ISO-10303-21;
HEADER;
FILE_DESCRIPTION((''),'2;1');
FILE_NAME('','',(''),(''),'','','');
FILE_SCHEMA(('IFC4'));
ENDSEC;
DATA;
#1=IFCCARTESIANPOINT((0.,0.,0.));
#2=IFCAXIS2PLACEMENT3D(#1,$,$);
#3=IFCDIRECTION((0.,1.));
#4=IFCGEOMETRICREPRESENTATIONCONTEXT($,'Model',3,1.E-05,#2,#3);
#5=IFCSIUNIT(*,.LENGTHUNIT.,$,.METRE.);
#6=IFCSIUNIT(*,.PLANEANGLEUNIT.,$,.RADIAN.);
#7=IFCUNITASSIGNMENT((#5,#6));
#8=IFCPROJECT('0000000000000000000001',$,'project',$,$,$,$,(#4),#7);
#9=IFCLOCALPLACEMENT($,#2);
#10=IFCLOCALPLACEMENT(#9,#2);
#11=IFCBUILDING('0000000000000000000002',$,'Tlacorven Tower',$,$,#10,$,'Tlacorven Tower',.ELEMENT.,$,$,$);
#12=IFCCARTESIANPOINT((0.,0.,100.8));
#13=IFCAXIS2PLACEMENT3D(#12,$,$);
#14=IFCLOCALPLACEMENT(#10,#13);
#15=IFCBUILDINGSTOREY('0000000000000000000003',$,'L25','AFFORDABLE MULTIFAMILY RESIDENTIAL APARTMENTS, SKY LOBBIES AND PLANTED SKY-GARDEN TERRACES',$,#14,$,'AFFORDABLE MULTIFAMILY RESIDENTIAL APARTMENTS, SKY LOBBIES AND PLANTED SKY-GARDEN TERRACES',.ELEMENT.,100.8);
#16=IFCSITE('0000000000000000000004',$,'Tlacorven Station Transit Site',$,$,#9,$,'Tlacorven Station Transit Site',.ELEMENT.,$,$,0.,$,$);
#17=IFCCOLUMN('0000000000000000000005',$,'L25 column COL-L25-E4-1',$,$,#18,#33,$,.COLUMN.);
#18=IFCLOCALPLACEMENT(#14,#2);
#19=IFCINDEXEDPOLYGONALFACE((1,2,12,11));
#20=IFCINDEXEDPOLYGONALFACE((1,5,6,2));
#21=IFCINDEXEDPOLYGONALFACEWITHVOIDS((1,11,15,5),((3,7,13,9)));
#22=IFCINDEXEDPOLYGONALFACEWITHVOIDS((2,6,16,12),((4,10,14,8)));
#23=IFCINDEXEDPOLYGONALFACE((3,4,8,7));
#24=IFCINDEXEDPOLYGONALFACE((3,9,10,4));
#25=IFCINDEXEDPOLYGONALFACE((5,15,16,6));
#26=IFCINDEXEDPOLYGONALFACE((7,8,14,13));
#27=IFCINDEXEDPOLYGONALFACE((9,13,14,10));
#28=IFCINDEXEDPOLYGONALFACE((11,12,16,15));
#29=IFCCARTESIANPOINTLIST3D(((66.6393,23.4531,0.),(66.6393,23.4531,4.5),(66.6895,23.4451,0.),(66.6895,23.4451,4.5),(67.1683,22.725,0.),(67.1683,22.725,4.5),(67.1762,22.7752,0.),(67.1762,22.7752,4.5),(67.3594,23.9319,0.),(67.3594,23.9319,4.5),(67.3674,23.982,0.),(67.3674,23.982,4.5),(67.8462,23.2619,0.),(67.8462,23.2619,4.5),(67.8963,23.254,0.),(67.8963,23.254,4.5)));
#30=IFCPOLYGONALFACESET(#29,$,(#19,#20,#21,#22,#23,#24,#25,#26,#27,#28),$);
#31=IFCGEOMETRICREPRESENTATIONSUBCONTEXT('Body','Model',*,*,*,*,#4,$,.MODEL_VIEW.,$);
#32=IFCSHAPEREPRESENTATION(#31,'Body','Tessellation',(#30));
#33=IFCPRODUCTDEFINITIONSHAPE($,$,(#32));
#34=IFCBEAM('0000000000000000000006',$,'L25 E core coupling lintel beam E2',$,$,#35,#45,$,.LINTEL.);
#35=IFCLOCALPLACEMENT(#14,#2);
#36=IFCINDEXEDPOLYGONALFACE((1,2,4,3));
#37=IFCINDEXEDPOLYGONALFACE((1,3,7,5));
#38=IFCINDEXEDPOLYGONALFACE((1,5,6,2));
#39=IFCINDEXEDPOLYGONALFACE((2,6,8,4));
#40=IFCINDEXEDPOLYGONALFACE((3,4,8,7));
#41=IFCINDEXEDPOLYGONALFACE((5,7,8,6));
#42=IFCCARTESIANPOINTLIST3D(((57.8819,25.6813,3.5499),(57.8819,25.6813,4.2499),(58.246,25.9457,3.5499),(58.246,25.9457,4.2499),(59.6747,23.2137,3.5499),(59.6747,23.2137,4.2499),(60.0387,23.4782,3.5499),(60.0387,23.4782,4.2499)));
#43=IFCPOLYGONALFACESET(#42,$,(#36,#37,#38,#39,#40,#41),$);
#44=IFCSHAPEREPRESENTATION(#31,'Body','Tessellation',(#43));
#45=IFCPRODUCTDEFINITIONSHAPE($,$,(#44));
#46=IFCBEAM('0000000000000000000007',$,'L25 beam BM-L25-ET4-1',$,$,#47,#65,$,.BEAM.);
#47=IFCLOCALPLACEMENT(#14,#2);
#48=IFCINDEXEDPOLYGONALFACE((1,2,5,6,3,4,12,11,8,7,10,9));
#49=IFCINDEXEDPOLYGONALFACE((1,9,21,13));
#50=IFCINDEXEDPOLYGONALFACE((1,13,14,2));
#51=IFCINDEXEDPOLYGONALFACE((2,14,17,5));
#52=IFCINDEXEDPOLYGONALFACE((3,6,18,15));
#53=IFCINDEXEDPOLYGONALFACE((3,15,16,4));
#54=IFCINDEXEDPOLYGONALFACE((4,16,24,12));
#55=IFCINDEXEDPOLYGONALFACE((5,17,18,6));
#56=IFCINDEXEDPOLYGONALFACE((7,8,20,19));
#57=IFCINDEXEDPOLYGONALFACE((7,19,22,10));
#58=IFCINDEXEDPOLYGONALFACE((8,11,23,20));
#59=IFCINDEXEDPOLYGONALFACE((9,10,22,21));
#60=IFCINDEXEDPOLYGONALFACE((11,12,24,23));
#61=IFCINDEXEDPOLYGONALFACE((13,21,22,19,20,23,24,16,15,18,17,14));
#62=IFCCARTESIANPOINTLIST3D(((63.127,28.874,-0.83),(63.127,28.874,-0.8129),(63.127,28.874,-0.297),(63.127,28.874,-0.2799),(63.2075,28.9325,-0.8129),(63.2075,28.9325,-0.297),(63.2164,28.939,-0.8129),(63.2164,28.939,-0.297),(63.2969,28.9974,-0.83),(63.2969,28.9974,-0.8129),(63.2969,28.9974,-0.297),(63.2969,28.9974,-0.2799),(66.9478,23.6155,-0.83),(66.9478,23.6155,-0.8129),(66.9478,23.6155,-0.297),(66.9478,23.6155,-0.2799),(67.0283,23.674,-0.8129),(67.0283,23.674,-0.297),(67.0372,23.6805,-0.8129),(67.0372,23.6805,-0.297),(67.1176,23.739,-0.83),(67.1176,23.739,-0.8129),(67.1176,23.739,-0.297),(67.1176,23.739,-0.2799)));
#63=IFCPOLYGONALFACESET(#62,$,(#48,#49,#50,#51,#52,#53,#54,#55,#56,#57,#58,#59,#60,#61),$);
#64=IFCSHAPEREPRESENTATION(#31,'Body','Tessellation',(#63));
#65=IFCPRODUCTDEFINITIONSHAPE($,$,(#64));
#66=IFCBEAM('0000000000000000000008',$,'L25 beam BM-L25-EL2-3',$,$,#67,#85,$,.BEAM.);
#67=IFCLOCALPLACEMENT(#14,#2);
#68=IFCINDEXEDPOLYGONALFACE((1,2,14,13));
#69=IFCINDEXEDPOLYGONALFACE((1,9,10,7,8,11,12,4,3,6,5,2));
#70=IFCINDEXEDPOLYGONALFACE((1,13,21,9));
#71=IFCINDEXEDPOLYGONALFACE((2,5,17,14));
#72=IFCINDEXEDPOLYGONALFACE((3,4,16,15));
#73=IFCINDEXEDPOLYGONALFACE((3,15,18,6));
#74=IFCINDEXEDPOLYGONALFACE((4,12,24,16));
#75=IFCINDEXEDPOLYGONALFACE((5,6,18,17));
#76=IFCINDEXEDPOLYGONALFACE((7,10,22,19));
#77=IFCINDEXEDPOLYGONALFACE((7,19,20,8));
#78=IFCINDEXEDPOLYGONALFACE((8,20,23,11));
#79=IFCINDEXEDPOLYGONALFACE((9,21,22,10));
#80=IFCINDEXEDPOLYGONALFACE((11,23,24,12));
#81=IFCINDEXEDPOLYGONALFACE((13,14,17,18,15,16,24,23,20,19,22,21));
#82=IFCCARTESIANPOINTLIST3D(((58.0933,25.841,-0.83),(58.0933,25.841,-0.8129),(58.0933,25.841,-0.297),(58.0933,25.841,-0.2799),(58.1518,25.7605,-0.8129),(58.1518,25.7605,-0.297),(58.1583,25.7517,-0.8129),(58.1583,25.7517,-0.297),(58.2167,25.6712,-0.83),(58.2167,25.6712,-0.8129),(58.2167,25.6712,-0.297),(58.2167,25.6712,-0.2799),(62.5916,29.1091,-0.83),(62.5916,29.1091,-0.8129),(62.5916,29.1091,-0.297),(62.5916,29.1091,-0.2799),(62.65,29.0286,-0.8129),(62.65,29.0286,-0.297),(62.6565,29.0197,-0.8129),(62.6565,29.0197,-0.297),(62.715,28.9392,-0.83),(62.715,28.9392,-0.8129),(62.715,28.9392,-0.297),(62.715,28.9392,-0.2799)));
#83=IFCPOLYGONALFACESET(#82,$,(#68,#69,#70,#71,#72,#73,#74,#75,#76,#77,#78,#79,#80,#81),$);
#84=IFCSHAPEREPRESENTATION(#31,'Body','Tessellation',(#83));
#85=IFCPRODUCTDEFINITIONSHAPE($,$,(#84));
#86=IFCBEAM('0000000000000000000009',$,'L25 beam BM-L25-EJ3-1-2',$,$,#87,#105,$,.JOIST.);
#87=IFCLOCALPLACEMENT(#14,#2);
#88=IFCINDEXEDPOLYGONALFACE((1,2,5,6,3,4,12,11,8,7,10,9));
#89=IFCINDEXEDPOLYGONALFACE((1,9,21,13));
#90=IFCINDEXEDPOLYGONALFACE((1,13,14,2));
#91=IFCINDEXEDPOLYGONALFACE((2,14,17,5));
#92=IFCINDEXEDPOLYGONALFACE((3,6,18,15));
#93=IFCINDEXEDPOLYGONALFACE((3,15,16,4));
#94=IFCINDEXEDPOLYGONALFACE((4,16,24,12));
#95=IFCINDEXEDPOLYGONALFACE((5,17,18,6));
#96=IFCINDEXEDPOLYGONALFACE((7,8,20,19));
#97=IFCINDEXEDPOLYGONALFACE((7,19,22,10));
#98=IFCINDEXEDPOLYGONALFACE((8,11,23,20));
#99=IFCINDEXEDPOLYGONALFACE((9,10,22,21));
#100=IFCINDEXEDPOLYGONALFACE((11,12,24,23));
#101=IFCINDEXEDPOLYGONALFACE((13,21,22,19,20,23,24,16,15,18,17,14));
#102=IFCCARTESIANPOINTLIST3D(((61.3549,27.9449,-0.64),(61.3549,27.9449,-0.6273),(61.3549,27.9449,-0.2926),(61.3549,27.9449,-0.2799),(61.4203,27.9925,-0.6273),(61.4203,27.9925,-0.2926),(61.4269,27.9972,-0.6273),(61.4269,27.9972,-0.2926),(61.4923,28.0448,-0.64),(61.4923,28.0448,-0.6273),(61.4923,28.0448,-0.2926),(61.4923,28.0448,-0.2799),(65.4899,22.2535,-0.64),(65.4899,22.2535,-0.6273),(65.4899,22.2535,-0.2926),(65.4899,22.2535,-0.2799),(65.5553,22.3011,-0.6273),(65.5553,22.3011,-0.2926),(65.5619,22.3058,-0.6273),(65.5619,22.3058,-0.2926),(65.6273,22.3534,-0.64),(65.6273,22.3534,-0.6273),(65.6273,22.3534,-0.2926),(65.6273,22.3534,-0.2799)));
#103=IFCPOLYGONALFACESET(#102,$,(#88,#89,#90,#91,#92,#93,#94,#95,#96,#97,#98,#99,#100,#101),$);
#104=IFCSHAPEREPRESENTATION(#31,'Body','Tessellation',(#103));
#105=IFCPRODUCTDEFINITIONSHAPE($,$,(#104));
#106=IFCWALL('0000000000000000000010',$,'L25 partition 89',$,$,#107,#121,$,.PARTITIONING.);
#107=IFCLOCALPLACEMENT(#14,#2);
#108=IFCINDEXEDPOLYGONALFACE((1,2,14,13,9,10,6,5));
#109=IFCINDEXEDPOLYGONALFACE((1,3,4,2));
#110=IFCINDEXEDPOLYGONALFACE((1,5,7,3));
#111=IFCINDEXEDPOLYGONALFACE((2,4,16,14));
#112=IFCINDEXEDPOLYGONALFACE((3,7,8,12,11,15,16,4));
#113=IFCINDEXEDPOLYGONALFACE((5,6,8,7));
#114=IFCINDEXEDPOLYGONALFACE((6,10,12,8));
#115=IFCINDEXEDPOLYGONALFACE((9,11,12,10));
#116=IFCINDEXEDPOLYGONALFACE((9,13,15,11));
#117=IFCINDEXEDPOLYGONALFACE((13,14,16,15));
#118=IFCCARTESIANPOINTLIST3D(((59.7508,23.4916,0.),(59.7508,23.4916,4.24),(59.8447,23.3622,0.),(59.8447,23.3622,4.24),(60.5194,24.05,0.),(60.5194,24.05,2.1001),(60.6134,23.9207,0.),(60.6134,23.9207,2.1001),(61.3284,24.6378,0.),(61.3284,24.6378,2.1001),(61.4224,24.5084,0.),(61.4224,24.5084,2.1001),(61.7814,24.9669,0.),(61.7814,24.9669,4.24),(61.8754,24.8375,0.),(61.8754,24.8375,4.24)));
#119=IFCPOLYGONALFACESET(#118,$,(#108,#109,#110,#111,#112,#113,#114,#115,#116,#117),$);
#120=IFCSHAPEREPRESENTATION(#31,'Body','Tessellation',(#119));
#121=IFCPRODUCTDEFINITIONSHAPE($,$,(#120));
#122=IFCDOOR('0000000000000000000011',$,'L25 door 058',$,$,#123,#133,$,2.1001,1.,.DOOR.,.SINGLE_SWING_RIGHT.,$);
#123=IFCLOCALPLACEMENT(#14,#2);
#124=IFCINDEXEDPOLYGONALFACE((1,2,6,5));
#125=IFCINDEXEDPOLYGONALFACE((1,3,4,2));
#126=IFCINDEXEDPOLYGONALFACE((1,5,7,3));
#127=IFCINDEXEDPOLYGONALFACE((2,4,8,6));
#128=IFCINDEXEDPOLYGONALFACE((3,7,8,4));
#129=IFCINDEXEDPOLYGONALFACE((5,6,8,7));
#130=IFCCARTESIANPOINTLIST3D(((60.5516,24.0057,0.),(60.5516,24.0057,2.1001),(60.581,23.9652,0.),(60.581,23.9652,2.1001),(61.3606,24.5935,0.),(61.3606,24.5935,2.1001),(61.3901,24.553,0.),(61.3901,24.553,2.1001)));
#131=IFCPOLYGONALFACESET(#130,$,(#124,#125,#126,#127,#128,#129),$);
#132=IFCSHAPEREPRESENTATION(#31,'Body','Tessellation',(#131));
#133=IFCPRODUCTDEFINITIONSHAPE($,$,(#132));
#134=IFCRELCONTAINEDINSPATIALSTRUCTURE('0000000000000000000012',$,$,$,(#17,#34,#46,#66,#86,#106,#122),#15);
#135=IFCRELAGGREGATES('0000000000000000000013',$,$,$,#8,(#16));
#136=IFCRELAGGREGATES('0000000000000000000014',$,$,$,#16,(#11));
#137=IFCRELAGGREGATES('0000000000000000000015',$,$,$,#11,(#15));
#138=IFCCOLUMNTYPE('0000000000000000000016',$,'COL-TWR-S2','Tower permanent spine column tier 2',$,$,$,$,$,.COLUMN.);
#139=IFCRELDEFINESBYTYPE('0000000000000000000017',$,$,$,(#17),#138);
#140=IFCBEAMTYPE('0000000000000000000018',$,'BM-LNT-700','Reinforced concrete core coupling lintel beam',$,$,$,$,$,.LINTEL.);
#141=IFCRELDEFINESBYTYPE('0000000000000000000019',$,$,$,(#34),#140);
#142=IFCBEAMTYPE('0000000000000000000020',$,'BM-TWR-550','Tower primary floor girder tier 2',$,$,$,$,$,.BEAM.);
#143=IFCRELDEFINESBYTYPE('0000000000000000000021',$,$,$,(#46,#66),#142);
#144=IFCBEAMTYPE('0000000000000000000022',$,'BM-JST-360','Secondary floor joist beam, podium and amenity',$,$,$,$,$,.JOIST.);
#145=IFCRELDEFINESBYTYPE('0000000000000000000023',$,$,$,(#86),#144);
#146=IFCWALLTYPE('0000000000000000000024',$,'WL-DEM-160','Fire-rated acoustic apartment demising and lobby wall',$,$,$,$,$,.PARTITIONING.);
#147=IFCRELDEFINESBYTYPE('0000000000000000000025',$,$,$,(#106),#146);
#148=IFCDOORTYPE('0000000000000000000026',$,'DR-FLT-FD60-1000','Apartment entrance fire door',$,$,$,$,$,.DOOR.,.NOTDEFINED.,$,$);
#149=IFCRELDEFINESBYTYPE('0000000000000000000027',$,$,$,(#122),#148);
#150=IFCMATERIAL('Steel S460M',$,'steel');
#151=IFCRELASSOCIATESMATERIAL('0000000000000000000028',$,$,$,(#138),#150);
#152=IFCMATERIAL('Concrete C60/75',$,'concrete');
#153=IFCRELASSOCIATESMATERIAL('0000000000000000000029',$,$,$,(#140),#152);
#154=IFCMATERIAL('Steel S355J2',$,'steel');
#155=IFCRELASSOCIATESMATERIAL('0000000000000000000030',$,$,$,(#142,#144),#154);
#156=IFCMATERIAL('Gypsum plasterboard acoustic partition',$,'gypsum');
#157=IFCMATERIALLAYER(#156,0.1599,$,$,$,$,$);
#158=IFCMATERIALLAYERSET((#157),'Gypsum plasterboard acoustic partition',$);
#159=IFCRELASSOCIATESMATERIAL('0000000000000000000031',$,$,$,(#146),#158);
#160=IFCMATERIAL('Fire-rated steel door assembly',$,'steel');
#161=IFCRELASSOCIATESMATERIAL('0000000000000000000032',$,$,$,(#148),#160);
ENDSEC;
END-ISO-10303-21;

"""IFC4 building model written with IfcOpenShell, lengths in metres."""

from ifc_helpers import new_model, si_unit, direction, frame, frame_2d, origin, origin_2d, place, context, subcontext, project, spatial, rectangle, hollow_rectangle, i_section, extrude, source, transform, mapped, material, layer, layer_set, material_profile, profile_set, type_object, element, fill, save


model = new_model("IFC4")

# Units and contexts
model_context = context("Model", 3, precision=1e-05, world=origin(), true_north=direction((0.0, 1.0)))
body_context = subcontext(model_context, "Body", "Model", "MODEL_VIEW")
ifc_project = project(units=[si_unit("LENGTHUNIT", "METRE"), si_unit("PLANEANGLEUNIT", "RADIAN")], contexts=[model_context])

# Site, building, storey
site_placement = place(None, origin())
site = spatial("IfcSite", under=ifc_project, at=site_placement, Name="Tlacorven Station Transit Site", LongName="Tlacorven Station Transit Site", CompositionType="ELEMENT", RefElevation=0.0)
building_placement = place(site_placement, origin())
building = spatial("IfcBuilding", under=site, at=building_placement, Name="Tlacorven Tower", LongName="Tlacorven Tower", CompositionType="ELEMENT")
storey_placement = place(building_placement, frame((0.0, 0.0, 100.8)))
storey = spatial("IfcBuildingStorey", under=building, at=storey_placement, Name="L25", Description="AFFORDABLE MULTIFAMILY RESIDENTIAL APARTMENTS, SKY LOBBIES AND PLANTED SKY-GARDEN TERRACES", LongName="AFFORDABLE MULTIFAMILY RESIDENTIAL APARTMENTS, SKY LOBBIES AND PLANTED SKY-GARDEN TERRACES", CompositionType="ELEMENT", Elevation=100.8)

# Column
ifc_material_1 = material(Name="Steel S460M", Category="steel")
ifc_material_profile_1 = material_profile(ifc_material_1, hollow_rectangle(XDim=0.8999, YDim=0.8999, WallThickness=0.0359, at=origin_2d()), Name="BOX 900X900X36")
ifc_profile_set_1 = profile_set([ifc_material_profile_1], Name="Steel S460M")
column_type = type_object("IfcColumnType", Name="COL-TWR-S2", Description="Tower permanent spine column tier 2", PredefinedType="COLUMN", material=ifc_profile_set_1)
shared_shape_1 = source(origin(), body_context, "Body", "SweptSolid", [
    extrude(hollow_rectangle(XDim=0.8999, YDim=0.8999, WallThickness=0.0359, at=origin_2d()), origin(), (0.0, 0.0, 1.0), 4.5),
])
column_placement = place(storey_placement, frame((67.2678, 23.3535, 0.0), z_axis=(0.0, 0.0, 1.0), x_axis=(0.809017, 0.587785, 0.0)))
element("IfcColumn", 1, at=column_placement, inside=storey, type_object=column_type, Name="L25 column COL-L25-E4-1", PredefinedType="COLUMN", context=body_context, shape_type="MappedRepresentation", body=[
    mapped(shared_shape_1, transform((0.0, 0.0, 0.0), scale=1.0)),
])

# Beams
ifc_material_2 = material(Name="Concrete C60/75", Category="concrete")
ifc_material_profile_2 = material_profile(ifc_material_2, rectangle(XDim=0.45, YDim=0.7, at=origin_2d()), Name="RC 450X700")
ifc_profile_set_2 = profile_set([ifc_material_profile_2], Name="Concrete C60/75")
beam_type_1 = type_object("IfcBeamType", Name="BM-LNT-700", Description="Reinforced concrete core coupling lintel beam", PredefinedType="LINTEL", material=ifc_profile_set_2)
shared_shape_2 = source(origin(), body_context, "Body", "SweptSolid", [
    extrude(rectangle(XDim=0.45, YDim=0.7, at=origin_2d()), origin(), (0.0, 0.0, 1.0), 3.05),
])
beam_1_placement = place(storey_placement, frame((59.8567, 23.3459, 3.8999), z_axis=(-0.587777, 0.809023, 0.0), x_axis=(-0.809023, -0.587777, 0.0)))
element("IfcBeam", 2, at=beam_1_placement, inside=storey, type_object=beam_type_1, Name="L25 E core coupling lintel beam E2", PredefinedType="LINTEL", context=body_context, shape_type="MappedRepresentation", body=[
    mapped(shared_shape_2, transform((0.0, 0.0, 0.0), scale=1.0)),
])
ifc_material_3 = material(Name="Steel S355J2", Category="steel")
ifc_material_profile_3 = material_profile(ifc_material_3, i_section(OverallWidth=0.21, OverallDepth=0.55, WebThickness=0.011, FlangeThickness=0.0171, at=origin_2d()), Name="IPE 550")
ifc_profile_set_3 = profile_set([ifc_material_profile_3], Name="Steel S355J2")
beam_type_2 = type_object("IfcBeamType", Name="BM-TWR-550", Description="Tower primary floor girder tier 2", PredefinedType="BEAM", material=ifc_profile_set_3)
shared_shape_3 = source(origin(), body_context, "Body", "SweptSolid", [
    extrude(i_section(OverallWidth=0.21, OverallDepth=0.55, WebThickness=0.011, FlangeThickness=0.0171, at=origin_2d()), origin(), (0.0, 0.0, 1.0), 6.5),
])
beam_2_placement = place(storey_placement, frame((67.0327, 23.6772, -0.5549), z_axis=(-0.58781, 0.808999, 0.0), x_axis=(-0.808999, -0.58781, 0.0)))
element("IfcBeam", 3, at=beam_2_placement, inside=storey, type_object=beam_type_2, Name="L25 beam BM-L25-ET4-1", PredefinedType="BEAM", context=body_context, shape_type="MappedRepresentation", body=[
    mapped(shared_shape_3, transform((0.0, 0.0, 0.0), scale=1.0)),
])
shared_shape_4 = source(origin(), body_context, "Body", "SweptSolid", [
    extrude(i_section(OverallWidth=0.21, OverallDepth=0.55, WebThickness=0.011, FlangeThickness=0.0171, at=origin_2d()), origin(), (0.0, 0.0, 1.0), 5.5601),
])
beam_3_placement = place(storey_placement, frame((58.155, 25.7561, -0.5549), z_axis=(0.809028, 0.58777, 0.0), x_axis=(-0.58777, 0.809028, 0.0)))
element("IfcBeam", 4, at=beam_3_placement, inside=storey, type_object=beam_type_2, Name="L25 beam BM-L25-EL2-3", PredefinedType="BEAM", context=body_context, shape_type="MappedRepresentation", body=[
    mapped(shared_shape_4, transform((0.0, 0.0, 0.0), scale=1.0)),
])
ifc_material_profile_4 = material_profile(ifc_material_3, i_section(OverallWidth=0.1699, OverallDepth=0.3601, WebThickness=0.0081, FlangeThickness=0.0127, at=origin_2d()), Name="IPE 360")
ifc_profile_set_4 = profile_set([ifc_material_profile_4], Name="Steel S355J2")
beam_type_3 = type_object("IfcBeamType", Name="BM-JST-360", Description="Secondary floor joist beam, podium and amenity", PredefinedType="JOIST", material=ifc_profile_set_4)
shared_shape_5 = source(origin(), body_context, "Body", "SweptSolid", [
    extrude(i_section(OverallWidth=0.1699, OverallDepth=0.3601, WebThickness=0.0081, FlangeThickness=0.0127, at=origin_2d()), origin(), (0.0, 0.0, 1.0), 7.0349),
])
beam_4_placement = place(storey_placement, frame((65.5586, 22.3035, -0.46), z_axis=(-0.587782, 0.80902, 0.0), x_axis=(-0.80902, -0.587782, 0.0)))
element("IfcBeam", 5, at=beam_4_placement, inside=storey, type_object=beam_type_3, Name="L25 beam BM-L25-EJ3-1-2", PredefinedType="JOIST", context=body_context, shape_type="MappedRepresentation", body=[
    mapped(shared_shape_5, transform((0.0, 0.0, 0.0), scale=1.0)),
])

# Wall, opening, door
ifc_material_4 = material(Name="Gypsum plasterboard acoustic partition", Category="gypsum")
ifc_layer_1 = layer(ifc_material_4, 0.1599)
ifc_layer_set_1 = layer_set([ifc_layer_1], Name="Gypsum plasterboard acoustic partition")
wall_type_1 = type_object("IfcWallType", Name="WL-DEM-160", Description="Fire-rated acoustic apartment demising and lobby wall", PredefinedType="PARTITIONING", material=ifc_layer_set_1)
wall_1_placement = place(storey_placement, frame((59.7979, 23.427, 0.0), z_axis=(0.0, 0.0, 1.0), x_axis=(0.809035, 0.587761, 0.0)))
wall_1 = element("IfcWall", 6, at=wall_1_placement, inside=storey, type_object=wall_type_1, Name="L25 partition 89", PredefinedType="PARTITIONING", context=body_context, shape_type="SweptSolid", body=[
    extrude(rectangle(XDim=2.51, YDim=0.1599, at=frame_2d((1.2549, 0.0))), origin(), (0.0, 0.0, 1.0), 4.24),
])
opening_1_placement = place(wall_1_placement, frame((0.95, 0.0, 0.0)))
opening_1 = element("IfcOpeningElement", 7, at=opening_1_placement, cuts=wall_1, PredefinedType="OPENING", context=body_context, shape_type="SweptSolid", body=[
    extrude(rectangle(XDim=1.0, YDim=2.1001, at=frame_2d((0.5, 1.05))), frame((0.0, 0.0898, 0.0), z_axis=(0.0, -1.0, 0.0), x_axis=(1.0, 0.0, 0.0)), (0.0, 0.0, 1.0), 0.1799),
])
ifc_material_5 = material(Name="Fire-rated steel door assembly", Category="steel")
door_type_1 = type_object("IfcDoorType", Name="DR-FLT-FD60-1000", Description="Apartment entrance fire door", OperationType="NOTDEFINED", PredefinedType="DOOR", material=ifc_material_5)
shared_shape_6 = source(origin(), body_context, "Body", "SweptSolid", [
    extrude(rectangle(XDim=1.0, YDim=2.1001, at=frame_2d((0.5, 1.05))), frame((0.0, 0.0249, 0.0), z_axis=(0.0, -1.0, 0.0), x_axis=(1.0, 0.0, 0.0)), (0.0, 0.0, 1.0), 0.05),
])
door_1_placement = place(opening_1_placement, frame((1.0, 0.0, 0.0), z_axis=(0.0, 0.0, 1.0), x_axis=(-1.0, 0.0, 0.0)))
door_1 = element("IfcDoor", 8, at=door_1_placement, inside=storey, type_object=door_type_1, Name="L25 door 058", OperationType="SINGLE_SWING_RIGHT", OverallHeight=2.1001, OverallWidth=1.0, PredefinedType="DOOR", context=body_context, shape_type="MappedRepresentation", body=[
    mapped(shared_shape_6, transform((0.0, 0.0, 0.0), scale=1.0)),
])
fill(opening_1, door_1)

save(model, "model.ifc")
